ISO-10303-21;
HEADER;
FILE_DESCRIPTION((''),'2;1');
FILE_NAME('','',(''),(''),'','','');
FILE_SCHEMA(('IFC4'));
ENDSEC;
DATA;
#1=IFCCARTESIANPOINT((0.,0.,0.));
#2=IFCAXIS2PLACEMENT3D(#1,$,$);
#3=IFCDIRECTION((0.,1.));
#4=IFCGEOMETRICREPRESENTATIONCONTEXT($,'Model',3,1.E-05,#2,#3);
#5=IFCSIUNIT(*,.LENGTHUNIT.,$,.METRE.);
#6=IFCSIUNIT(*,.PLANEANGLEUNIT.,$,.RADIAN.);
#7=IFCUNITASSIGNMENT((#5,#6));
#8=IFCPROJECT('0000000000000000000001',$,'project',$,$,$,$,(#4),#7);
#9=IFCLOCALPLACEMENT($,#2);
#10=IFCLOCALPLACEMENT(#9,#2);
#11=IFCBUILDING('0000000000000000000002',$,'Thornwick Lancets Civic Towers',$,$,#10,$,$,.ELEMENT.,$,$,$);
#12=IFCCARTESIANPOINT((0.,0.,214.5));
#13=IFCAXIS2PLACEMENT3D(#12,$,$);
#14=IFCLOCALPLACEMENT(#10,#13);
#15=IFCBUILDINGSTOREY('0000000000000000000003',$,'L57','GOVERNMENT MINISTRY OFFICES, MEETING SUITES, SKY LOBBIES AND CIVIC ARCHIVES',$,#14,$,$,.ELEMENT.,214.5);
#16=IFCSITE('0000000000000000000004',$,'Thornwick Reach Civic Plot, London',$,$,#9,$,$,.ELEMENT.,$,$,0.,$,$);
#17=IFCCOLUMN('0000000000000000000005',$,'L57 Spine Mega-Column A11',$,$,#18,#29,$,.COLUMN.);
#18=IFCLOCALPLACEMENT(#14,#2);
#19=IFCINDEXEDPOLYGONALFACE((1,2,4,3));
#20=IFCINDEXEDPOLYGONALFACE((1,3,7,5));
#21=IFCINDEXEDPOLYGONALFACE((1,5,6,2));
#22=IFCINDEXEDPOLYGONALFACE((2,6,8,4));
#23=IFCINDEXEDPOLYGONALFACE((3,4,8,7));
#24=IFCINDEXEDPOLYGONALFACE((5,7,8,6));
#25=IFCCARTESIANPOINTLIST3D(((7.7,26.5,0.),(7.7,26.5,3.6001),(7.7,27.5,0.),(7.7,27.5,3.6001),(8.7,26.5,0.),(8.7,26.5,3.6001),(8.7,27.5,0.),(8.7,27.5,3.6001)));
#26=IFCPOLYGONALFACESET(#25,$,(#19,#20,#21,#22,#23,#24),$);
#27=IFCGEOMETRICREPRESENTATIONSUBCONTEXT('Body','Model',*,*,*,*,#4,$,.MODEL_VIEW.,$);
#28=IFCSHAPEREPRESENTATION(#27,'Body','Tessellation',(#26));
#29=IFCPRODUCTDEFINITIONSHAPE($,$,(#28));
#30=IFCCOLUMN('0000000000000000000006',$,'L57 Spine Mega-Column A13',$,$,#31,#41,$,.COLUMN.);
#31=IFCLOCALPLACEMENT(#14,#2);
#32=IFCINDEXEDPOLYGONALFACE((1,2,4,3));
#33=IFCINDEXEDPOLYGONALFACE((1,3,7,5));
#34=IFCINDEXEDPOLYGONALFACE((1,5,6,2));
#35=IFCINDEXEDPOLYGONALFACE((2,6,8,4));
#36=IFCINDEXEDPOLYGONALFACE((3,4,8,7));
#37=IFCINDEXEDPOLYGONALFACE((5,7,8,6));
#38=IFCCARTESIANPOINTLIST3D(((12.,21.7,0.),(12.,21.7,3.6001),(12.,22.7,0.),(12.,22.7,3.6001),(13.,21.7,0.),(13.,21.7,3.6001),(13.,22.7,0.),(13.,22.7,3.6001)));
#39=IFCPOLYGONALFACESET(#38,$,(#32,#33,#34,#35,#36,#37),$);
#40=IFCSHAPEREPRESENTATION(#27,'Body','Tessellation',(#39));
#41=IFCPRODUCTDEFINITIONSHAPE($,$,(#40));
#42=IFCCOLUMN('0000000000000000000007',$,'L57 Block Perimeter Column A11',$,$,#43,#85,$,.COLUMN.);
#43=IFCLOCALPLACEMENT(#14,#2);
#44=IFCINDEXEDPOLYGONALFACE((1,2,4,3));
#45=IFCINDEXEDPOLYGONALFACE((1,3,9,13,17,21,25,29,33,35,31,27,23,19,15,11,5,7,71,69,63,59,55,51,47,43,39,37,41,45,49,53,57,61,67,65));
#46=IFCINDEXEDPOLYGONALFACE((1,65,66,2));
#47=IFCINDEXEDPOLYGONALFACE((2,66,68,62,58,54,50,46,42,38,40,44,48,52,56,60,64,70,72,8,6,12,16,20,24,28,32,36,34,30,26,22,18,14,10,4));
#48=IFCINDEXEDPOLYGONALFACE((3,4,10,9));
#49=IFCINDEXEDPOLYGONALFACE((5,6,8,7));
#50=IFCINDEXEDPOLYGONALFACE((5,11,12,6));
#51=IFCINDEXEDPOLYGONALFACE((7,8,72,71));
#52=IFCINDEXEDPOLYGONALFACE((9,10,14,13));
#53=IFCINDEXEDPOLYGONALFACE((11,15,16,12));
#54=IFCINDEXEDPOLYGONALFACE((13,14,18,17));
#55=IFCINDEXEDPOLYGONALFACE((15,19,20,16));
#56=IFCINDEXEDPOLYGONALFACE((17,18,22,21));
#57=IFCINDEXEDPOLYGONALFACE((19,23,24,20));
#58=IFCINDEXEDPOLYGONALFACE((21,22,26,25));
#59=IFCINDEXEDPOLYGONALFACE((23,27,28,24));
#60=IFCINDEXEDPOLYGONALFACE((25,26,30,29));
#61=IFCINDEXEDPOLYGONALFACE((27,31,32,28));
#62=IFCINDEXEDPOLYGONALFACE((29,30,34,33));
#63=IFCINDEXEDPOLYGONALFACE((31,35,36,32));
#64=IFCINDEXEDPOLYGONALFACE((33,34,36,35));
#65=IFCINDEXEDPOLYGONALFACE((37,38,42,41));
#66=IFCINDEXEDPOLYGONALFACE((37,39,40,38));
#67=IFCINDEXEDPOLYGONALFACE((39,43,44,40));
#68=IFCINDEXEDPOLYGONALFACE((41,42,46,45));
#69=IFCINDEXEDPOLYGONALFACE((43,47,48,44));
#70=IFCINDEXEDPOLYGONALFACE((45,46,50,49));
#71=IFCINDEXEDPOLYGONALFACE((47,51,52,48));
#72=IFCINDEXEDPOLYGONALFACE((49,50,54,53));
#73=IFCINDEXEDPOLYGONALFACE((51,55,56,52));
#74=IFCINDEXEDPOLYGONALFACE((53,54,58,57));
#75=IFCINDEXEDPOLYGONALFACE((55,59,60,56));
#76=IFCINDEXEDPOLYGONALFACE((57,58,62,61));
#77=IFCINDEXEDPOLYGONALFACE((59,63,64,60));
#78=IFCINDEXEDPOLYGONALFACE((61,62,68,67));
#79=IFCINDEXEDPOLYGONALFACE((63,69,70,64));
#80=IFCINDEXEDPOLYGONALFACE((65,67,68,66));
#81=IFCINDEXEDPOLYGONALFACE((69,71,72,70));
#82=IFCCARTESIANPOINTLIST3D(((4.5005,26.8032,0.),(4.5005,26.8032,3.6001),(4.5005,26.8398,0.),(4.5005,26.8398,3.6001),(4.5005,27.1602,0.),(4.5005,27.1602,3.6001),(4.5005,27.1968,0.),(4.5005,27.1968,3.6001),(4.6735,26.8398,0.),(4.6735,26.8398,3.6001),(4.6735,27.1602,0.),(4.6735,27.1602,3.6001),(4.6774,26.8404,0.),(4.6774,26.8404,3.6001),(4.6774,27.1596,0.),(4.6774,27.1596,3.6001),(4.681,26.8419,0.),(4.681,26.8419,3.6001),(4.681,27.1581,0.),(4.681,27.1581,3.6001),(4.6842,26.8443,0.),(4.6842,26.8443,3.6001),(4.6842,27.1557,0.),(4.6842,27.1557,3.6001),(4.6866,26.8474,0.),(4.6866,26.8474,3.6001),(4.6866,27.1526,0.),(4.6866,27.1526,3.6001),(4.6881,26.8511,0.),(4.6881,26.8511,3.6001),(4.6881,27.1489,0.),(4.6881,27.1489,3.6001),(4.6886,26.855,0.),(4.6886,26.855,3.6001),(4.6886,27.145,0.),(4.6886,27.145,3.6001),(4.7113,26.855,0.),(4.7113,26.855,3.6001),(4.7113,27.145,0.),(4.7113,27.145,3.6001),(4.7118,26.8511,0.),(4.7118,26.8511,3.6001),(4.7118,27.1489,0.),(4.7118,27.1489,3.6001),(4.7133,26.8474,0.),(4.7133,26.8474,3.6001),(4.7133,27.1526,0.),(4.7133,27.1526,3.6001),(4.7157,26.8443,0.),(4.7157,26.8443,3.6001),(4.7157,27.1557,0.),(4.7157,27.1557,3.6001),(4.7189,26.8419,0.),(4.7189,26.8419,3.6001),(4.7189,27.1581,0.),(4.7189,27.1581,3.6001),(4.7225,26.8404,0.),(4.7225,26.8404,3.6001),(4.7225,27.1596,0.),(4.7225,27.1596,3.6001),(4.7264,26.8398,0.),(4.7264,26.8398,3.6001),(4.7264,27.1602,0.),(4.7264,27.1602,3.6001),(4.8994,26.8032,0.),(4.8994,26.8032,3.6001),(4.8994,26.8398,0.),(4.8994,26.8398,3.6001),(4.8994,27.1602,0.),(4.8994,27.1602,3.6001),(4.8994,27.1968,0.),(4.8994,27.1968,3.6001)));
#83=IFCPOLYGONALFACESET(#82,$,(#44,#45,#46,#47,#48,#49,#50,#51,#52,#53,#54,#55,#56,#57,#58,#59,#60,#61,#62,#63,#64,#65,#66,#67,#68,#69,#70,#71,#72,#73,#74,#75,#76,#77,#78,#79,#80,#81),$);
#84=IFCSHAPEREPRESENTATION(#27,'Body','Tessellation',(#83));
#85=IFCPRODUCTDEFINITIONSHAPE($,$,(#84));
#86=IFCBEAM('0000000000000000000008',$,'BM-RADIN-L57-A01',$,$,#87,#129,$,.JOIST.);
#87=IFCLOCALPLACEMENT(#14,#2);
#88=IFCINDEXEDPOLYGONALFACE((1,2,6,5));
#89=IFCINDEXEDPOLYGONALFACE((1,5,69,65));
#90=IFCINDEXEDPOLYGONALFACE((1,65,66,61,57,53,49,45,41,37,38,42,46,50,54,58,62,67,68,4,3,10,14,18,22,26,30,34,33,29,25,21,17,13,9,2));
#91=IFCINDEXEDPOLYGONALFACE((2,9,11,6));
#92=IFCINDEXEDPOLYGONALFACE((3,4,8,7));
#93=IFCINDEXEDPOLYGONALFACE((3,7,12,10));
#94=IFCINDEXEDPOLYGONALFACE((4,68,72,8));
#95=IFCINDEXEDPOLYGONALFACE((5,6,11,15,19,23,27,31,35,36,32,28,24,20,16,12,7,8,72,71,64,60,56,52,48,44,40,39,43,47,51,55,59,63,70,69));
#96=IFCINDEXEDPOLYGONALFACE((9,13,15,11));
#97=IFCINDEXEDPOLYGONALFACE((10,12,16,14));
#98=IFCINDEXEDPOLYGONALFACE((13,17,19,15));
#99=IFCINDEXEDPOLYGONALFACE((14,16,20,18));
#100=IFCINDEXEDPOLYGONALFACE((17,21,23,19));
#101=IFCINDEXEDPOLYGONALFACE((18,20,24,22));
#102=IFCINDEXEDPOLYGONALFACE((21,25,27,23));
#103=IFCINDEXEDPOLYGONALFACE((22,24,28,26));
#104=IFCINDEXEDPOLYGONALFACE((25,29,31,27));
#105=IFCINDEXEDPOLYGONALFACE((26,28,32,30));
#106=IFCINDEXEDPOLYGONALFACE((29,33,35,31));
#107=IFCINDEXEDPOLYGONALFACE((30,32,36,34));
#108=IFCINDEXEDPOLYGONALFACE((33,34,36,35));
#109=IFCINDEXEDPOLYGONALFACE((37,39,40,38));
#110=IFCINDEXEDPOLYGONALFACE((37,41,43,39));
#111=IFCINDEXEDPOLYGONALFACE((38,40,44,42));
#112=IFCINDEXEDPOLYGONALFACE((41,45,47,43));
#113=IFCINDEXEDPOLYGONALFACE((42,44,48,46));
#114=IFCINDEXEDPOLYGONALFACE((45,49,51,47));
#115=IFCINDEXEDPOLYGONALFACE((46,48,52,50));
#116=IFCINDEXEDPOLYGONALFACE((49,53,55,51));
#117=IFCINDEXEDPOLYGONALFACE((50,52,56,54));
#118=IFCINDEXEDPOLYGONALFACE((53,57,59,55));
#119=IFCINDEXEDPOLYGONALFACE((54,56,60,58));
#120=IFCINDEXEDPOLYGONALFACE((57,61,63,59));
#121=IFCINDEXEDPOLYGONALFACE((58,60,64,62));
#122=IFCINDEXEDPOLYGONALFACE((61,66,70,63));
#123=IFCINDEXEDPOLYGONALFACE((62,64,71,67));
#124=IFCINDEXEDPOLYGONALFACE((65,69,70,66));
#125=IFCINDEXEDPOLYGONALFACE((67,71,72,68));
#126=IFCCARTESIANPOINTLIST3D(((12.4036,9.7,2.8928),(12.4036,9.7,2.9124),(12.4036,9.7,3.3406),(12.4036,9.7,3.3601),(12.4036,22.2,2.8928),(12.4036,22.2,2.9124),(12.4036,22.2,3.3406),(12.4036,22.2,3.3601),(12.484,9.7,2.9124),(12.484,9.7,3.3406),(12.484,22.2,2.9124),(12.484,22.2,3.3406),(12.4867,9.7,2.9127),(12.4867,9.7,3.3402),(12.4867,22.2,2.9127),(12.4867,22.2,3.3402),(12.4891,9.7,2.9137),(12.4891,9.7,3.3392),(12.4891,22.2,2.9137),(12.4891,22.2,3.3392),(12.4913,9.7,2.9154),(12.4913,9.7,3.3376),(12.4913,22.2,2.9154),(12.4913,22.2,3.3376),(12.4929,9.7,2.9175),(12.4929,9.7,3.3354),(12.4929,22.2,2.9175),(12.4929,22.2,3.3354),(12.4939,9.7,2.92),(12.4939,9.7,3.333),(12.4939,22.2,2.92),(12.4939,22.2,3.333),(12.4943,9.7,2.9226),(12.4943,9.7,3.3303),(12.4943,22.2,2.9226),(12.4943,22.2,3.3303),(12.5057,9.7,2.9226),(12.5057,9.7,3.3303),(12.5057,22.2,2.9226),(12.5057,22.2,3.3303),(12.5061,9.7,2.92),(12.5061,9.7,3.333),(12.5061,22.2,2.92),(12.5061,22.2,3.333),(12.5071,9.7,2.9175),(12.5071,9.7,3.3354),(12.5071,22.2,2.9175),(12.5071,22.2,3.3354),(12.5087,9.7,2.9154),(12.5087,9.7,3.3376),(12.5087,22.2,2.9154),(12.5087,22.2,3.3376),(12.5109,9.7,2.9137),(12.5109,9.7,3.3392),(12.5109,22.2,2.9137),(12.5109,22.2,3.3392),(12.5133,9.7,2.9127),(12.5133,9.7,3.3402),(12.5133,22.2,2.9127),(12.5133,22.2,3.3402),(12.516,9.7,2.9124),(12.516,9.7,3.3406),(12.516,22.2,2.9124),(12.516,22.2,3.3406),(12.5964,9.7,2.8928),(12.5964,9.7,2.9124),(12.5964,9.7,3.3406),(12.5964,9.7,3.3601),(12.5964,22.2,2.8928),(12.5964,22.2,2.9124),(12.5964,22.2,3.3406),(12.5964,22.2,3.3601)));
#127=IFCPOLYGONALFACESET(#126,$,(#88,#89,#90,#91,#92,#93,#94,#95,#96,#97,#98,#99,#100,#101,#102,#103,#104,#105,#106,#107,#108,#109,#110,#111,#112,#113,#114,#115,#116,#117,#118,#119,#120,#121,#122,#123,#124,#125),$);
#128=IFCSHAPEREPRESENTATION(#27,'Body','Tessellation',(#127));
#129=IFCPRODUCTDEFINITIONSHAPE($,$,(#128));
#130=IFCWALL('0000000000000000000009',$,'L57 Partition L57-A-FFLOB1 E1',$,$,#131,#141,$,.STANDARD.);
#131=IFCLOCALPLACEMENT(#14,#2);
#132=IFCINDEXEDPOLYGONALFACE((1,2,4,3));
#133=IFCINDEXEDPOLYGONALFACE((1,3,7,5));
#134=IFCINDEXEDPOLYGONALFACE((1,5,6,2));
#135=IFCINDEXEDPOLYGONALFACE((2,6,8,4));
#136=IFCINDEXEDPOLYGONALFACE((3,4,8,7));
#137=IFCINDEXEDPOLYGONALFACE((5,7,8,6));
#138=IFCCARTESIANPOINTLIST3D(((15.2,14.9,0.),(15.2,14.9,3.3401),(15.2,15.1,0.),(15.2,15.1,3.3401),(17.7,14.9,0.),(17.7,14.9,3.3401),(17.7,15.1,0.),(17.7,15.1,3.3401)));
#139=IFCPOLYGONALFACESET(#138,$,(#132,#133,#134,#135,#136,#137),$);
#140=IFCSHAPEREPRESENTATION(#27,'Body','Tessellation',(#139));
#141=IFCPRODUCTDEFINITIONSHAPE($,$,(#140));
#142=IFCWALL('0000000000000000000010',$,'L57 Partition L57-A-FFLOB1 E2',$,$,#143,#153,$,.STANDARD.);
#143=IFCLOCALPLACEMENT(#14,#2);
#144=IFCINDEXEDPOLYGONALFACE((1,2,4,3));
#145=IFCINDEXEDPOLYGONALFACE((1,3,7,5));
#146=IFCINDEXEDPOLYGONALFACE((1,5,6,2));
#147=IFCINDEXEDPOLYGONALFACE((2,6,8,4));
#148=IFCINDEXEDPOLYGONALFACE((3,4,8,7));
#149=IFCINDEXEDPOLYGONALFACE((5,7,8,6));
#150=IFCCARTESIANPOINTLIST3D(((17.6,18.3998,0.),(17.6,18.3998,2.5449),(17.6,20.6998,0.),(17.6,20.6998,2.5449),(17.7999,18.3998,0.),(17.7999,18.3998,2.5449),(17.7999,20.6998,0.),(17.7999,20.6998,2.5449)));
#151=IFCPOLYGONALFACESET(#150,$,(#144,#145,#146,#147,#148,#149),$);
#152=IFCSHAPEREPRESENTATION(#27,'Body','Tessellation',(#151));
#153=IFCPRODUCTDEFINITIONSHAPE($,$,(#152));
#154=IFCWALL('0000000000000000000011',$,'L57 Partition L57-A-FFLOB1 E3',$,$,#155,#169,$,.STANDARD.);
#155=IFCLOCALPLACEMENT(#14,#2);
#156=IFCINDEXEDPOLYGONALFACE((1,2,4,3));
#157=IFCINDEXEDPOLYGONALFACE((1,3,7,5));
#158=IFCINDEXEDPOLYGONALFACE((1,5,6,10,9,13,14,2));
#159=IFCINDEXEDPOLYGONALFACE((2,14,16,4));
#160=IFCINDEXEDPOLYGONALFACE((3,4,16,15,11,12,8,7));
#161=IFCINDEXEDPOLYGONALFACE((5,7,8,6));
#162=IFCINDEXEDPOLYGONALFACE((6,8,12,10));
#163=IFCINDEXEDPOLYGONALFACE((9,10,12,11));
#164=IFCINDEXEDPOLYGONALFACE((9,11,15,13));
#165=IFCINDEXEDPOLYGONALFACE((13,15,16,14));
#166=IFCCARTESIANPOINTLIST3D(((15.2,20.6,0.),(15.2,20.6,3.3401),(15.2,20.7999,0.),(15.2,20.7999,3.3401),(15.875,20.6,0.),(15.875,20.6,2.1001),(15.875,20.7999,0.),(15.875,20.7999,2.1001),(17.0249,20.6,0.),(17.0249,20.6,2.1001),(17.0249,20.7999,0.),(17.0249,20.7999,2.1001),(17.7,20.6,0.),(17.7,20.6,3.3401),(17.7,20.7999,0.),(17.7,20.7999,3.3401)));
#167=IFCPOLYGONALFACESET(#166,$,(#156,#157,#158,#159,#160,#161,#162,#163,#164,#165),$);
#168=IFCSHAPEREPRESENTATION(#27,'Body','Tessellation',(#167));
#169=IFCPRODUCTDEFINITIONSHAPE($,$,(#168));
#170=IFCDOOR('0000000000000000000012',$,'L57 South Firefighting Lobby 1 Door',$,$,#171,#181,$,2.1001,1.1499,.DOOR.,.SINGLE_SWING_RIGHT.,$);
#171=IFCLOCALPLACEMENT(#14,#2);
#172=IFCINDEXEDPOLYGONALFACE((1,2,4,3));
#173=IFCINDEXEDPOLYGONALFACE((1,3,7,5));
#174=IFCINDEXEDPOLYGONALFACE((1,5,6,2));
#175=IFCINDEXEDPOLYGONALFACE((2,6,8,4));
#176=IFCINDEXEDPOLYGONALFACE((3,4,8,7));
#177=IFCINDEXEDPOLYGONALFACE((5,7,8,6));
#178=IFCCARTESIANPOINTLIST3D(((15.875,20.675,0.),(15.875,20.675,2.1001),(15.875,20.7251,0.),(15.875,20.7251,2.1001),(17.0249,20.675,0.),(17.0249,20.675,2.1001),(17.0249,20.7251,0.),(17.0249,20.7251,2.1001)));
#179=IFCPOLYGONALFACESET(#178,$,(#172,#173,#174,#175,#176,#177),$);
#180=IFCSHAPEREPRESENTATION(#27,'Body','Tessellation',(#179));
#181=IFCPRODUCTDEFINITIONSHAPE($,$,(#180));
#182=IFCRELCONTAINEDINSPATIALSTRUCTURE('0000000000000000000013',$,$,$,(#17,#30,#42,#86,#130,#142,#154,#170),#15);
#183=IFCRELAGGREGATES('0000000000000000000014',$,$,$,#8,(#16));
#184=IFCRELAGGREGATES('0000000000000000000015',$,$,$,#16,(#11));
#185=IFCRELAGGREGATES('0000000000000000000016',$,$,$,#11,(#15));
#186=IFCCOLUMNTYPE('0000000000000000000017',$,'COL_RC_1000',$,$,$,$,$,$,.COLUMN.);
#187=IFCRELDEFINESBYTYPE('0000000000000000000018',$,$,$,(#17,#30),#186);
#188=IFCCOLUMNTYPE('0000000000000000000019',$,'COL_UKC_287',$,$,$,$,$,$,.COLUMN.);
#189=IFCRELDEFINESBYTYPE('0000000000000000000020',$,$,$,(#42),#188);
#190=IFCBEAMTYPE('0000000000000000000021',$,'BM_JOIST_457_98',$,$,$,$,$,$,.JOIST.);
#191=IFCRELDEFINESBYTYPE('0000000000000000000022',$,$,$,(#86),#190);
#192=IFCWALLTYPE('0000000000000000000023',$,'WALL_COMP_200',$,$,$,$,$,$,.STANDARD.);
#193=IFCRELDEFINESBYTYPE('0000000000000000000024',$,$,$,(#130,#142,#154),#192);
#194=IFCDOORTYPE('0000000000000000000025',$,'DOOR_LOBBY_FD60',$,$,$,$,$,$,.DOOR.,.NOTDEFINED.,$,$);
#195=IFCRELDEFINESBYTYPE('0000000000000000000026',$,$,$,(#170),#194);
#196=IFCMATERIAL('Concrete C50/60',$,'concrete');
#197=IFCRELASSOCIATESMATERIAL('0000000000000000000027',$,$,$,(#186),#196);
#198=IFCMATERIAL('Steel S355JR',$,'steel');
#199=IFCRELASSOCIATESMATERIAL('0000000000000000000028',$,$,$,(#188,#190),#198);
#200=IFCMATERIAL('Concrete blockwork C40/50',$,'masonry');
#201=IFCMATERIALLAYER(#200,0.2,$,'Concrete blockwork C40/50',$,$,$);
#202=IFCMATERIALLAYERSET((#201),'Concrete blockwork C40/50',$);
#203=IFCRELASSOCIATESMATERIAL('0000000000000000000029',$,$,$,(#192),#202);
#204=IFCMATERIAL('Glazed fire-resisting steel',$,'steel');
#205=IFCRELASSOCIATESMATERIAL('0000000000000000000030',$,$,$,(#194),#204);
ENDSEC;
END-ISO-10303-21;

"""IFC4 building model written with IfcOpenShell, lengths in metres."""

from ifc_helpers import new_model, si_unit, direction, frame, frame_2d, origin, origin_2d, place, context, subcontext, project, spatial, rectangle, i_section, extrude, material, layer, layer_set, material_profile, profile_set, type_object, element, fill, save


model = new_model("IFC4")

# Units and contexts
model_context = context("Model", 3, precision=1e-05, world=origin(), true_north=direction((0.0, 1.0)))
body_context = subcontext(model_context, "Body", "Model", "MODEL_VIEW")
ifc_project = project(units=[si_unit("LENGTHUNIT", "METRE"), si_unit("PLANEANGLEUNIT", "RADIAN")], contexts=[model_context])

# Site, building, storey
site_placement = place(None, origin())
site = spatial("IfcSite", under=ifc_project, at=site_placement, Name="Thornwick Reach Civic Plot, London", CompositionType="ELEMENT", RefElevation=0.0)
building_placement = place(site_placement, origin())
building = spatial("IfcBuilding", under=site, at=building_placement, Name="Thornwick Lancets Civic Towers", CompositionType="ELEMENT")
storey_placement = place(building_placement, frame((0.0, 0.0, 214.5)))
storey = spatial("IfcBuildingStorey", under=building, at=storey_placement, Name="L57", Description="GOVERNMENT MINISTRY OFFICES, MEETING SUITES, SKY LOBBIES AND CIVIC ARCHIVES", CompositionType="ELEMENT", Elevation=214.5)

# Columns
ifc_material_1 = material(Name="Concrete C50/60", Category="concrete")
ifc_material_profile_1 = material_profile(ifc_material_1, rectangle(XDim=1.0, YDim=1.0, at=origin_2d()), Name="RC 1000x1000")
ifc_profile_set_1 = profile_set([ifc_material_profile_1], Name="Concrete C50/60")
column_type_1 = type_object("IfcColumnType", Name="COL_RC_1000", PredefinedType="COLUMN", material=ifc_profile_set_1)
for number, where, z_axis, x_axis, name in (
    (1, (8.2, 27.0, 0.0), (0.0, 0.0, 1.0), (1.0, 0.0, 0.0), "L57 Spine Mega-Column A11"),
    (2, (12.5, 22.2, 0.0), (0.0, 0.0, 1.0), (1.0, 0.0, 0.0), "L57 Spine Mega-Column A13"),
):
    element("IfcColumn", number, at=place(storey_placement, frame(where, z_axis=z_axis, x_axis=x_axis)), inside=storey, type_object=column_type_1, Name=name, PredefinedType="COLUMN", context=body_context, shape_type="SweptSolid", body=[
        extrude(rectangle(XDim=1.0, YDim=1.0, at=origin_2d()), origin(), (0.0, 0.0, 1.0), 3.6001),
    ])
ifc_material_2 = material(Name="Steel S355JR", Category="steel")
ifc_material_profile_2 = material_profile(ifc_material_2, i_section(OverallWidth=0.3989, OverallDepth=0.3936, WebThickness=0.0227, FlangeThickness=0.0366, FilletRadius=0.0151, at=origin_2d()), Name="UKC 356x406x287")
ifc_profile_set_2 = profile_set([ifc_material_profile_2], Name="Steel S355JR")
column_type_2 = type_object("IfcColumnType", Name="COL_UKC_287", PredefinedType="COLUMN", material=ifc_profile_set_2)
column_placement = place(storey_placement, frame((4.7, 27.0, 0.0), z_axis=(0.0, 0.0, 1.0), x_axis=(1.0, 0.0, 0.0)))
element("IfcColumn", 3, at=column_placement, inside=storey, type_object=column_type_2, Name="L57 Block Perimeter Column A11", PredefinedType="COLUMN", context=body_context, shape_type="SweptSolid", body=[
    extrude(i_section(OverallWidth=0.3989, OverallDepth=0.3936, WebThickness=0.0227, FlangeThickness=0.0366, FilletRadius=0.0151, at=origin_2d()), origin(), (0.0, 0.0, 1.0), 3.6001),
])

# Beam
ifc_material_profile_3 = material_profile(ifc_material_2, i_section(OverallWidth=0.1929, OverallDepth=0.4673, WebThickness=0.0115, FlangeThickness=0.0195, FilletRadius=0.0103, at=origin_2d()), Name="UKB 457x191x98")
ifc_profile_set_3 = profile_set([ifc_material_profile_3], Name="Steel S355JR")
beam_type = type_object("IfcBeamType", Name="BM_JOIST_457_98", PredefinedType="JOIST", material=ifc_profile_set_3)
beam_placement = place(storey_placement, frame((12.5, 22.2, 3.1265), z_axis=(0.0, -1.0, 0.0), x_axis=(1.0, 0.0, 0.0)))
element("IfcBeam", 4, at=beam_placement, inside=storey, type_object=beam_type, Name="BM-RADIN-L57-A01", PredefinedType="JOIST", context=body_context, shape_type="SweptSolid", body=[
    extrude(i_section(OverallWidth=0.1929, OverallDepth=0.4673, WebThickness=0.0115, FlangeThickness=0.0195, FilletRadius=0.0103, at=origin_2d()), origin(), (0.0, 0.0, 1.0), 12.5),
])

# Walls
ifc_material_3 = material(Name="Concrete blockwork C40/50", Category="masonry")
ifc_layer_1 = layer(ifc_material_3, 0.2, Name="Concrete blockwork C40/50")
ifc_layer_set_1 = layer_set([ifc_layer_1], Name="Concrete blockwork C40/50")
wall_type_1 = type_object("IfcWallType", Name="WALL_COMP_200", PredefinedType="STANDARD", material=ifc_layer_set_1)
wall_1_placement = place(storey_placement, frame((15.2, 15.0, 0.0), z_axis=(0.0, 0.0, 1.0), x_axis=(1.0, 0.0, 0.0)))
element("IfcWall", 5, at=wall_1_placement, inside=storey, type_object=wall_type_1, Name="L57 Partition L57-A-FFLOB1 E1", PredefinedType="STANDARD", context=body_context, shape_type="SweptSolid", body=[
    extrude(rectangle(XDim=2.5, YDim=0.2, at=frame_2d((1.25, 0.0))), origin(), (0.0, 0.0, 1.0), 3.3401),
])
wall_2_placement = place(storey_placement, frame((17.7, 18.3999, 0.0), z_axis=(0.0, 0.0, 1.0), x_axis=(0.0, 1.0, 0.0)))
element("IfcWall", 6, at=wall_2_placement, inside=storey, type_object=wall_type_1, Name="L57 Partition L57-A-FFLOB1 E2", PredefinedType="STANDARD", context=body_context, shape_type="SweptSolid", body=[
    extrude(rectangle(XDim=2.3, YDim=0.2, at=frame_2d((1.1499, 0.0))), origin(), (0.0, 0.0, 1.0), 2.5449),
])

# Wall, opening, door
wall_3_placement = place(storey_placement, frame((17.7, 20.7, 0.0), z_axis=(0.0, 0.0, 1.0), x_axis=(-1.0, 0.0, 0.0)))
wall_3 = element("IfcWall", 7, at=wall_3_placement, inside=storey, type_object=wall_type_1, Name="L57 Partition L57-A-FFLOB1 E3", PredefinedType="STANDARD", context=body_context, shape_type="SweptSolid", body=[
    extrude(rectangle(XDim=2.5, YDim=0.2, at=frame_2d((1.25, 0.0))), origin(), (0.0, 0.0, 1.0), 3.3401),
])
opening_1_placement = place(wall_3_placement, frame((0.675, 0.0, 0.0)))
opening_1 = element("IfcOpeningElement", 8, at=opening_1_placement, cuts=wall_3, PredefinedType="OPENING", context=body_context, shape_type="SweptSolid", body=[
    extrude(rectangle(XDim=1.1499, YDim=2.1001, at=frame_2d((0.575, 1.05))), frame((0.0, 0.1099, 0.0), z_axis=(0.0, -1.0, 0.0), x_axis=(1.0, 0.0, 0.0)), (0.0, 0.0, 1.0), 0.22),
])
ifc_material_4 = material(Name="Glazed fire-resisting steel", Category="steel")
door_type_1 = type_object("IfcDoorType", Name="DOOR_LOBBY_FD60", OperationType="NOTDEFINED", PredefinedType="DOOR", material=ifc_material_4)
door_1_placement = place(opening_1_placement, origin())
door_1 = element("IfcDoor", 9, at=door_1_placement, inside=storey, type_object=door_type_1, Name="L57 South Firefighting Lobby 1 Door", OperationType="SINGLE_SWING_RIGHT", OverallHeight=2.1001, OverallWidth=1.1499, PredefinedType="DOOR", context=body_context, shape_type="SweptSolid", body=[
    extrude(rectangle(XDim=1.1499, YDim=2.1001, at=frame_2d((0.575, 1.05))), frame((0.0, 0.0249, 0.0), z_axis=(0.0, -1.0, 0.0), x_axis=(1.0, 0.0, 0.0)), (0.0, 0.0, 1.0), 0.05),
])
fill(opening_1, door_1)

save(model, "model.ifc")
